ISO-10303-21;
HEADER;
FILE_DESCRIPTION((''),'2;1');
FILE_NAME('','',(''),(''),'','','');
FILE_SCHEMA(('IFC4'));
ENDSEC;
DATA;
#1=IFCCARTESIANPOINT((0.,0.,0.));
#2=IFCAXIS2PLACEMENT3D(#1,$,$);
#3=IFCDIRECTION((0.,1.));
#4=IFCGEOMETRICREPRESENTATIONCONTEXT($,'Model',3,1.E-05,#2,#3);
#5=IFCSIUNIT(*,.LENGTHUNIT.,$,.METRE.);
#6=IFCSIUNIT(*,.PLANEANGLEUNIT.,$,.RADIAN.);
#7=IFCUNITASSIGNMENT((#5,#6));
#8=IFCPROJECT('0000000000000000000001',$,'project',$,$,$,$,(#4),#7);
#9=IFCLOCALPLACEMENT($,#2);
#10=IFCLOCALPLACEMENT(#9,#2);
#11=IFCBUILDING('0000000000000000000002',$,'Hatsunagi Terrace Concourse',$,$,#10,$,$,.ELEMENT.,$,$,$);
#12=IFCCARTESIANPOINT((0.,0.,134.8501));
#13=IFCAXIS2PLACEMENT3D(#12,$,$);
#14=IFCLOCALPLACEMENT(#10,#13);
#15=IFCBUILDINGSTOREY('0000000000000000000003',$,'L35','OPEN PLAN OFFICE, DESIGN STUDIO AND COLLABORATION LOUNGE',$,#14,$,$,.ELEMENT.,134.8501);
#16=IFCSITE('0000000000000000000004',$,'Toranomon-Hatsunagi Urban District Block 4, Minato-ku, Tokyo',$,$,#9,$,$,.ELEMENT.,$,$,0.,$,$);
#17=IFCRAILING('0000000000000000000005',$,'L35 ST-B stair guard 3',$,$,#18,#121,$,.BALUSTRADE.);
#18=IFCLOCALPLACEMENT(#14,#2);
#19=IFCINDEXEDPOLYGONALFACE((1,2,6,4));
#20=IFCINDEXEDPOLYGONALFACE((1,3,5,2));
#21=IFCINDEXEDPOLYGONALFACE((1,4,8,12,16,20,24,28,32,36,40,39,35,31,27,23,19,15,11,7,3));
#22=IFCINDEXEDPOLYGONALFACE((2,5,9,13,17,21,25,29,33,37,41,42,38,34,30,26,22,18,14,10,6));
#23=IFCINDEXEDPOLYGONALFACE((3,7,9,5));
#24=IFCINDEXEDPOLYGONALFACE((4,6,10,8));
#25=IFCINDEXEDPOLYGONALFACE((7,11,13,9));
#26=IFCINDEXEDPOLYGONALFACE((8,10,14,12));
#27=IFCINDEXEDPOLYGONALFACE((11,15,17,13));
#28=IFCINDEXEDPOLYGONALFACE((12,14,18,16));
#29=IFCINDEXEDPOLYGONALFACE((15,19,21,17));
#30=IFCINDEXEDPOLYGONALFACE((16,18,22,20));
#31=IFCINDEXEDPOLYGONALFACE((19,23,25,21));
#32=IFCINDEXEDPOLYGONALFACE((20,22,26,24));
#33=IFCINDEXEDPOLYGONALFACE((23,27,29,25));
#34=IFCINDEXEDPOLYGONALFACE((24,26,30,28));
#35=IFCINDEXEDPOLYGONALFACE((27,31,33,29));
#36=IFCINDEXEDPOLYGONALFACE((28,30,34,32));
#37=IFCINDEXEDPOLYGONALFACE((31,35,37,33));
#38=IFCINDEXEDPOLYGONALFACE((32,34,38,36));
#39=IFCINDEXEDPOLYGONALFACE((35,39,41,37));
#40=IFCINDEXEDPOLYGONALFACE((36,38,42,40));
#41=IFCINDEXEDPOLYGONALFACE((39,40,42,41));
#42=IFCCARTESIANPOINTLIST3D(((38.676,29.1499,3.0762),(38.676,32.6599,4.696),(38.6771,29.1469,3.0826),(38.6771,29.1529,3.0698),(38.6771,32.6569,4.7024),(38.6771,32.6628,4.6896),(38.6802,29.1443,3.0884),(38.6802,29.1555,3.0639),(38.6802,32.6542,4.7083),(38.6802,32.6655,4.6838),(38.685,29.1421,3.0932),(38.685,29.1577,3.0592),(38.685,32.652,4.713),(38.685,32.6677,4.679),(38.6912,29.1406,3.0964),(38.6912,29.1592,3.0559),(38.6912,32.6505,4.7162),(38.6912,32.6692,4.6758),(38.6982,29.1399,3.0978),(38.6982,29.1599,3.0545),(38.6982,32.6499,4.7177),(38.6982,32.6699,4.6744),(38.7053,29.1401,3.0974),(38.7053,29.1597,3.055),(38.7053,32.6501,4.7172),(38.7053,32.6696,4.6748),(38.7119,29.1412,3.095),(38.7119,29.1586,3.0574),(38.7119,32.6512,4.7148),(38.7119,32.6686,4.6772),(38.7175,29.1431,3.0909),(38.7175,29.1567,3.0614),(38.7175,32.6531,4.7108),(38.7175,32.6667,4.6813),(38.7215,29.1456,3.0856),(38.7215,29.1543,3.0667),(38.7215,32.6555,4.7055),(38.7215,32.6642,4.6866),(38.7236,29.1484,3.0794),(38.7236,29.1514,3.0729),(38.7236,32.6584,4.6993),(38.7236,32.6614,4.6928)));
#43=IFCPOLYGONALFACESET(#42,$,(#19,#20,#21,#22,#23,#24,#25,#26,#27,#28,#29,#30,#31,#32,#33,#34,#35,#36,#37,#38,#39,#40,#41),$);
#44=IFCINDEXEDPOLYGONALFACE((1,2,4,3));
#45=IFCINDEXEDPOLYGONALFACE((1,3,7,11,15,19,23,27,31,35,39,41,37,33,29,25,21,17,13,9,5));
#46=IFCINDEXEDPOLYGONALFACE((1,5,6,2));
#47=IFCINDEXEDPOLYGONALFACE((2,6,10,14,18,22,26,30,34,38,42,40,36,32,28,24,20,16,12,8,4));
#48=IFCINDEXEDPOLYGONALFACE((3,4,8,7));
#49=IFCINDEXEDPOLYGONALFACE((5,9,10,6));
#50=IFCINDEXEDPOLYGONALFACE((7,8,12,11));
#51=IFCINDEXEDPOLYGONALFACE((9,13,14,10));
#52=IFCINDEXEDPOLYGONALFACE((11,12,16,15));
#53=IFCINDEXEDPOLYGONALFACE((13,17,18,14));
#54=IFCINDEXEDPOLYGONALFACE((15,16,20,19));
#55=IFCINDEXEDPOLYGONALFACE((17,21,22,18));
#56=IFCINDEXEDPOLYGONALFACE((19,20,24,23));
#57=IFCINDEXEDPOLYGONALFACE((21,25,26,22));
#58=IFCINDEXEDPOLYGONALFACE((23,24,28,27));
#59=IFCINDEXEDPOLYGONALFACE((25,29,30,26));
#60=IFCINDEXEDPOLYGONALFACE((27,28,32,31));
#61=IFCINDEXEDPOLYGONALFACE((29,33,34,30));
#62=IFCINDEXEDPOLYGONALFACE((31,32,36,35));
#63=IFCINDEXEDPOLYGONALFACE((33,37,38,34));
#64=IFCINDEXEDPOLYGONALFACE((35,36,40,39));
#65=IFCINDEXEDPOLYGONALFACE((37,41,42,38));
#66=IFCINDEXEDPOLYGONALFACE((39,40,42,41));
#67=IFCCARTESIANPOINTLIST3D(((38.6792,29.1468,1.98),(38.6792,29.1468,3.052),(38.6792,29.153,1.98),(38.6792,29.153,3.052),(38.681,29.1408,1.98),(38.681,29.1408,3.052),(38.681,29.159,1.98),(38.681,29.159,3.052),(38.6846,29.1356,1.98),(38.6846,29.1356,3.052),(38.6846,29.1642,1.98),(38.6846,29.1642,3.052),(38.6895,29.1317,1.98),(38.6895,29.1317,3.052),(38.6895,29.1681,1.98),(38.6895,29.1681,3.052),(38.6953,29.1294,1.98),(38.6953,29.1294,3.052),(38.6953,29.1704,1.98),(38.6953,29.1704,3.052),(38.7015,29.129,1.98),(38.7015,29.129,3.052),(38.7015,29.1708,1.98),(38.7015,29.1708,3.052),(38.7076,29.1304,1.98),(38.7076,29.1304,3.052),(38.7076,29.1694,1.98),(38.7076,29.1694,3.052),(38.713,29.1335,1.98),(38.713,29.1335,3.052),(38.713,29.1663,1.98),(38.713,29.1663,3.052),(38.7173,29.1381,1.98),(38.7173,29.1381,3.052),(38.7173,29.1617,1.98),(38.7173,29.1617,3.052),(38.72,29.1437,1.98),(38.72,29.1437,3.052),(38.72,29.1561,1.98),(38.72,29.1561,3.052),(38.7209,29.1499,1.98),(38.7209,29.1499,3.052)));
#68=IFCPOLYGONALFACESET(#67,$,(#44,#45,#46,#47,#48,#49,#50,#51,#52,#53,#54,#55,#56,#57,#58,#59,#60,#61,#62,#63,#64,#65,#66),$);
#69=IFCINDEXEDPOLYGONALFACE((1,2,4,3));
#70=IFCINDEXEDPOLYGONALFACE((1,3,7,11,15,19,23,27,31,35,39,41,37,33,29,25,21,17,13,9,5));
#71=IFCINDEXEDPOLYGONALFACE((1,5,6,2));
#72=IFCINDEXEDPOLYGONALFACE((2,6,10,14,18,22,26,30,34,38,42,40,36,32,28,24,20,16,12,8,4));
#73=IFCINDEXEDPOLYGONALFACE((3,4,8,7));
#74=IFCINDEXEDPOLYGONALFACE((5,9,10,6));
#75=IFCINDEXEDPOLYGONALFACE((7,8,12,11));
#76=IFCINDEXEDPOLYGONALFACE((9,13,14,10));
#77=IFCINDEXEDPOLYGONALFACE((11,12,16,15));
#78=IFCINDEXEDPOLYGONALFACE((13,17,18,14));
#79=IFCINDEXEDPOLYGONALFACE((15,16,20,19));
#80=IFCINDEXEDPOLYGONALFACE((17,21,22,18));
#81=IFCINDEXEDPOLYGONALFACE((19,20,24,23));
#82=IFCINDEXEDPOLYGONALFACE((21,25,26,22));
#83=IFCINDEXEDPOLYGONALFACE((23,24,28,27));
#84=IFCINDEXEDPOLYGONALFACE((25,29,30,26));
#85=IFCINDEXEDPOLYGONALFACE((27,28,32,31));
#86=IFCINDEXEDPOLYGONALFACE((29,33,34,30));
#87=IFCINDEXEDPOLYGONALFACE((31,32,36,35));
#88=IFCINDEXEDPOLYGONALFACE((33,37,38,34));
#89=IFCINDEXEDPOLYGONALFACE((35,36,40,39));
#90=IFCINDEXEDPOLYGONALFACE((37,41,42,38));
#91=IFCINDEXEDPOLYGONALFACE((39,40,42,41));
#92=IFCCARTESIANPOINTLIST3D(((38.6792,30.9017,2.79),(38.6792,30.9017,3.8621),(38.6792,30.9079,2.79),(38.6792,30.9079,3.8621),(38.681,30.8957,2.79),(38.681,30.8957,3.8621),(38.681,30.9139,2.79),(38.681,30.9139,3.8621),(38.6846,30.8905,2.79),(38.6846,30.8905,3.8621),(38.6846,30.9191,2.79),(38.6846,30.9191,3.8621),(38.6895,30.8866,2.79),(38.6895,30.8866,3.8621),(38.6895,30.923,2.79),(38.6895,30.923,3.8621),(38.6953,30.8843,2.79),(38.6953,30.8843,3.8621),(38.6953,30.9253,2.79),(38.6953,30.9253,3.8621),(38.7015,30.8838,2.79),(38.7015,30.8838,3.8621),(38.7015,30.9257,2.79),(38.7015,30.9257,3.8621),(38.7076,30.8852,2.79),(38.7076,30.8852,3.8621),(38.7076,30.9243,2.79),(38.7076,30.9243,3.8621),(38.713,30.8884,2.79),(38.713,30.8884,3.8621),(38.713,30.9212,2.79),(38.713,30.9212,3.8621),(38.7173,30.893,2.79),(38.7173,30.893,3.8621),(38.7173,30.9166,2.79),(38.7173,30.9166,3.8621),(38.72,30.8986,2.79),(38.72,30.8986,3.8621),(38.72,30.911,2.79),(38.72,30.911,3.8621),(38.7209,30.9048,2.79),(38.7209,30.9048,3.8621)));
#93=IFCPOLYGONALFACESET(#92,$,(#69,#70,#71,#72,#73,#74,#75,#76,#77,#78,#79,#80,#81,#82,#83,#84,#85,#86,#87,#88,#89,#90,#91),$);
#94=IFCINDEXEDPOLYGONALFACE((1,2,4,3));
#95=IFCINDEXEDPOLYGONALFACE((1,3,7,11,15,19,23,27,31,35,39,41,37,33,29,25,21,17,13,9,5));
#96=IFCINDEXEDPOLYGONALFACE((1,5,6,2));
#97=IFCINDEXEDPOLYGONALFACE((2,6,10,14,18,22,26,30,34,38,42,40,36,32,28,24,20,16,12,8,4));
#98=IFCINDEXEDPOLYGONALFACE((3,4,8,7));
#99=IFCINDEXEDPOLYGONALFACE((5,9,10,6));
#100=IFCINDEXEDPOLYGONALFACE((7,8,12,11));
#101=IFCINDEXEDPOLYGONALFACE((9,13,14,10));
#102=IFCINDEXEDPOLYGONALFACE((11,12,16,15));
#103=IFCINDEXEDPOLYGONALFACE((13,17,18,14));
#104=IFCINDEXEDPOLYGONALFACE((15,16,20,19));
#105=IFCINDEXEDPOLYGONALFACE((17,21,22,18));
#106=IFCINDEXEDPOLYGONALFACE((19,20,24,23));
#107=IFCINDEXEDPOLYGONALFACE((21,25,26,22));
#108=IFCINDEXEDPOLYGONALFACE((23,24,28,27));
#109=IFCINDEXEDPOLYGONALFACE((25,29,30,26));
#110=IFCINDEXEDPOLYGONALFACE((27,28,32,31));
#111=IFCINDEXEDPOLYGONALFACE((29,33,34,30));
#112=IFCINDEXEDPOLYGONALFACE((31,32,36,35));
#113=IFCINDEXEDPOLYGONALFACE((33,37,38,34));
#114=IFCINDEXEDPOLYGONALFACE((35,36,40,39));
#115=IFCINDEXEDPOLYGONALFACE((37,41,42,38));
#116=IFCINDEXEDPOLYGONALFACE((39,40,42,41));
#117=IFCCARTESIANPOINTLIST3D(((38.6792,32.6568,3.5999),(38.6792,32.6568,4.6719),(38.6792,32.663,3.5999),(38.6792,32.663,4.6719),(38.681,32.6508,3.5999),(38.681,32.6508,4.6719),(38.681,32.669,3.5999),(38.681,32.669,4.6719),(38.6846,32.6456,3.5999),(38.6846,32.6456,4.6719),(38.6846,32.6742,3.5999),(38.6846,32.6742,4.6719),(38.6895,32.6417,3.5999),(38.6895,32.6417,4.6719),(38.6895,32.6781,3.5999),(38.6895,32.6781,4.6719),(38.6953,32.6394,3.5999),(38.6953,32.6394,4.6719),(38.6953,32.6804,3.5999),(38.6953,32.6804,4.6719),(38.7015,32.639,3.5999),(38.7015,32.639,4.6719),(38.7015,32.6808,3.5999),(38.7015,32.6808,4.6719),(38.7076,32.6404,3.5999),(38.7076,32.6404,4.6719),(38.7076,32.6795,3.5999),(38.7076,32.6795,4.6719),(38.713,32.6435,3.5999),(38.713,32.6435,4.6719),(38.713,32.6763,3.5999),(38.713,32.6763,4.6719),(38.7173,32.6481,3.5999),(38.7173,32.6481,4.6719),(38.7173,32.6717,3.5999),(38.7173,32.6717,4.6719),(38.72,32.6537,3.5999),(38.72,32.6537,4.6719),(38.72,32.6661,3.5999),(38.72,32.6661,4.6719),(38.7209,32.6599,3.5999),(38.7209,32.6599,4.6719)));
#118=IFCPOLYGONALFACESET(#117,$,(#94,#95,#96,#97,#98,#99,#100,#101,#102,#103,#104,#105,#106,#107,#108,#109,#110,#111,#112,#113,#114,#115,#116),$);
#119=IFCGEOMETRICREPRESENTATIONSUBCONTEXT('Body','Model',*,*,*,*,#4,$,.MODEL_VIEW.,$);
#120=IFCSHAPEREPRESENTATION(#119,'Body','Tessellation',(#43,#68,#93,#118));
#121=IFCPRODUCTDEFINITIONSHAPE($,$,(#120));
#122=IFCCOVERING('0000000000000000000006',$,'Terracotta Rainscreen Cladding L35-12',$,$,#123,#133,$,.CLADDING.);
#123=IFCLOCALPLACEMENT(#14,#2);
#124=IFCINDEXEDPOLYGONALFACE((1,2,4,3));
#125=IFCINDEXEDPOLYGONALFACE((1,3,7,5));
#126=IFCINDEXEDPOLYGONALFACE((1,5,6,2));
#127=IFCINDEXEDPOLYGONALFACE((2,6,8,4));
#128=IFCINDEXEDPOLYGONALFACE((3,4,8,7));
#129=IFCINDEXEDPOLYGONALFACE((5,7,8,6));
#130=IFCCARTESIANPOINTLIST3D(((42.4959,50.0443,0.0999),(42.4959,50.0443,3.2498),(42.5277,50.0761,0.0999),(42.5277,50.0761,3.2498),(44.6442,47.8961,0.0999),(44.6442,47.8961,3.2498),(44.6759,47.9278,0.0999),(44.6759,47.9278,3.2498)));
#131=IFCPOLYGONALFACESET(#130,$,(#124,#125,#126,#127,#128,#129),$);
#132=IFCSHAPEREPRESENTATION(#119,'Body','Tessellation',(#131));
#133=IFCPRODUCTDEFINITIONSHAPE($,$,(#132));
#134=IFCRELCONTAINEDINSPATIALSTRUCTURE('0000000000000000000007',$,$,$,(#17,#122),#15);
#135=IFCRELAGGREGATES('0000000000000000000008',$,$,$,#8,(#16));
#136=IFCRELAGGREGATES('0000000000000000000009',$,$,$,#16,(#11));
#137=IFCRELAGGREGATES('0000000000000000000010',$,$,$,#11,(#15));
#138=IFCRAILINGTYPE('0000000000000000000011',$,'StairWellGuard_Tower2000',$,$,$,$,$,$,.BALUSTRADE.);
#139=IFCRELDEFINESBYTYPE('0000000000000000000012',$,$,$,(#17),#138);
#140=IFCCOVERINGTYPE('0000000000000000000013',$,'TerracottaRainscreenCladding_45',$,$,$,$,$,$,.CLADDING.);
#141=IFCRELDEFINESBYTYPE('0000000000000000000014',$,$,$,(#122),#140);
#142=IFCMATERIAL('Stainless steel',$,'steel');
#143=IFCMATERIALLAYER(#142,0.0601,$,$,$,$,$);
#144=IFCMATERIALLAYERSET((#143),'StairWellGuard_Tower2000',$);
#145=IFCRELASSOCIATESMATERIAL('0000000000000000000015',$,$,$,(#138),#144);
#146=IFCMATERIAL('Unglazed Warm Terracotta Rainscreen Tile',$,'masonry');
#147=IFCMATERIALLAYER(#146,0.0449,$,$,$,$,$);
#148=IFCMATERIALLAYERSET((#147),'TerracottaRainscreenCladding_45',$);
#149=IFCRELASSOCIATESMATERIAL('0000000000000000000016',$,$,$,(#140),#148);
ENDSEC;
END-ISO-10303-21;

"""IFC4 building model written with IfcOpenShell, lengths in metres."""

from ifc_helpers import new_model, si_unit, direction, frame, origin, origin_2d, place, context, subcontext, project, spatial, rectangle, circle, extrude, material, layer, layer_set, type_object, element, save


model = new_model("IFC4")

# Units and contexts
model_context = context("Model", 3, precision=1e-05, world=origin(), true_north=direction((0.0, 1.0)))
body_context = subcontext(model_context, "Body", "Model", "MODEL_VIEW")
ifc_project = project(units=[si_unit("LENGTHUNIT", "METRE"), si_unit("PLANEANGLEUNIT", "RADIAN")], contexts=[model_context])

# Site, building, storey
site_placement = place(None, origin())
site = spatial("IfcSite", under=ifc_project, at=site_placement, Name="Toranomon-Hatsunagi Urban District Block 4, Minato-ku, Tokyo", CompositionType="ELEMENT", RefElevation=0.0)
building_placement = place(site_placement, origin())
building = spatial("IfcBuilding", under=site, at=building_placement, Name="Hatsunagi Terrace Concourse", CompositionType="ELEMENT")
storey_placement = place(building_placement, frame((0.0, 0.0, 134.8501)))
storey = spatial("IfcBuildingStorey", under=building, at=storey_placement, Name="L35", Description="OPEN PLAN OFFICE, DESIGN STUDIO AND COLLABORATION LOUNGE", CompositionType="ELEMENT", Elevation=134.8501)

# Railing
ifc_material_1 = material(Name="Stainless steel", Category="steel")
ifc_layer_1 = layer(ifc_material_1, 0.0601)
ifc_layer_set_1 = layer_set([ifc_layer_1], Name="StairWellGuard_Tower2000")
railing_type_1 = type_object("IfcRailingType", Name="StairWellGuard_Tower2000", PredefinedType="BALUSTRADE", material=ifc_layer_set_1)
railing_1_placement = place(storey_placement, frame((38.7, 29.1499, 1.98)))
element("IfcRailing", 1, at=railing_1_placement, inside=storey, type_object=railing_type_1, Name="L35 ST-B stair guard 3", PredefinedType="BALUSTRADE", context=body_context, shape_type="SweptSolid", body=[
    extrude(circle(Radius=0.0239, at=origin_2d()), frame((0.0, 0.0, 1.0962), z_axis=(0.0, 0.907972, 0.41903), x_axis=(-1.0, 0.0, 0.0)), (0.0, 0.0, 1.0), 3.8657),
    extrude(circle(Radius=0.021, at=origin_2d()), origin(), (0.0, 0.0, 1.0), 1.072),
    extrude(circle(Radius=0.021, at=origin_2d()), frame((0.0, 1.7549, 0.8101)), (0.0, 0.0, 1.0), 1.072),
    extrude(circle(Radius=0.021, at=origin_2d()), frame((0.0, 3.51, 1.6199)), (0.0, 0.0, 1.0), 1.072),
])

# Covering
ifc_material_2 = material(Name="Unglazed Warm Terracotta Rainscreen Tile", Category="masonry")
ifc_layer_2 = layer(ifc_material_2, 0.0449)
ifc_layer_set_2 = layer_set([ifc_layer_2], Name="TerracottaRainscreenCladding_45")
covering_type = type_object("IfcCoveringType", Name="TerracottaRainscreenCladding_45", PredefinedType="CLADDING", material=ifc_layer_set_2)
covering_placement = place(storey_placement, frame((43.5859, 48.9861, 0.0999), z_axis=(0.0, 0.0, 1.0), x_axis=(0.707107, -0.707107, 0.0)))
element("IfcCovering", 2, at=covering_placement, inside=storey, type_object=covering_type, Name="Terracotta Rainscreen Cladding L35-12", PredefinedType="CLADDING", context=body_context, shape_type="SweptSolid", body=[
    extrude(rectangle(XDim=3.0381, YDim=0.0449, at=origin_2d()), origin(), (0.0, 0.0, 1.0), 3.1499),
])

save(model, "model.ifc")
